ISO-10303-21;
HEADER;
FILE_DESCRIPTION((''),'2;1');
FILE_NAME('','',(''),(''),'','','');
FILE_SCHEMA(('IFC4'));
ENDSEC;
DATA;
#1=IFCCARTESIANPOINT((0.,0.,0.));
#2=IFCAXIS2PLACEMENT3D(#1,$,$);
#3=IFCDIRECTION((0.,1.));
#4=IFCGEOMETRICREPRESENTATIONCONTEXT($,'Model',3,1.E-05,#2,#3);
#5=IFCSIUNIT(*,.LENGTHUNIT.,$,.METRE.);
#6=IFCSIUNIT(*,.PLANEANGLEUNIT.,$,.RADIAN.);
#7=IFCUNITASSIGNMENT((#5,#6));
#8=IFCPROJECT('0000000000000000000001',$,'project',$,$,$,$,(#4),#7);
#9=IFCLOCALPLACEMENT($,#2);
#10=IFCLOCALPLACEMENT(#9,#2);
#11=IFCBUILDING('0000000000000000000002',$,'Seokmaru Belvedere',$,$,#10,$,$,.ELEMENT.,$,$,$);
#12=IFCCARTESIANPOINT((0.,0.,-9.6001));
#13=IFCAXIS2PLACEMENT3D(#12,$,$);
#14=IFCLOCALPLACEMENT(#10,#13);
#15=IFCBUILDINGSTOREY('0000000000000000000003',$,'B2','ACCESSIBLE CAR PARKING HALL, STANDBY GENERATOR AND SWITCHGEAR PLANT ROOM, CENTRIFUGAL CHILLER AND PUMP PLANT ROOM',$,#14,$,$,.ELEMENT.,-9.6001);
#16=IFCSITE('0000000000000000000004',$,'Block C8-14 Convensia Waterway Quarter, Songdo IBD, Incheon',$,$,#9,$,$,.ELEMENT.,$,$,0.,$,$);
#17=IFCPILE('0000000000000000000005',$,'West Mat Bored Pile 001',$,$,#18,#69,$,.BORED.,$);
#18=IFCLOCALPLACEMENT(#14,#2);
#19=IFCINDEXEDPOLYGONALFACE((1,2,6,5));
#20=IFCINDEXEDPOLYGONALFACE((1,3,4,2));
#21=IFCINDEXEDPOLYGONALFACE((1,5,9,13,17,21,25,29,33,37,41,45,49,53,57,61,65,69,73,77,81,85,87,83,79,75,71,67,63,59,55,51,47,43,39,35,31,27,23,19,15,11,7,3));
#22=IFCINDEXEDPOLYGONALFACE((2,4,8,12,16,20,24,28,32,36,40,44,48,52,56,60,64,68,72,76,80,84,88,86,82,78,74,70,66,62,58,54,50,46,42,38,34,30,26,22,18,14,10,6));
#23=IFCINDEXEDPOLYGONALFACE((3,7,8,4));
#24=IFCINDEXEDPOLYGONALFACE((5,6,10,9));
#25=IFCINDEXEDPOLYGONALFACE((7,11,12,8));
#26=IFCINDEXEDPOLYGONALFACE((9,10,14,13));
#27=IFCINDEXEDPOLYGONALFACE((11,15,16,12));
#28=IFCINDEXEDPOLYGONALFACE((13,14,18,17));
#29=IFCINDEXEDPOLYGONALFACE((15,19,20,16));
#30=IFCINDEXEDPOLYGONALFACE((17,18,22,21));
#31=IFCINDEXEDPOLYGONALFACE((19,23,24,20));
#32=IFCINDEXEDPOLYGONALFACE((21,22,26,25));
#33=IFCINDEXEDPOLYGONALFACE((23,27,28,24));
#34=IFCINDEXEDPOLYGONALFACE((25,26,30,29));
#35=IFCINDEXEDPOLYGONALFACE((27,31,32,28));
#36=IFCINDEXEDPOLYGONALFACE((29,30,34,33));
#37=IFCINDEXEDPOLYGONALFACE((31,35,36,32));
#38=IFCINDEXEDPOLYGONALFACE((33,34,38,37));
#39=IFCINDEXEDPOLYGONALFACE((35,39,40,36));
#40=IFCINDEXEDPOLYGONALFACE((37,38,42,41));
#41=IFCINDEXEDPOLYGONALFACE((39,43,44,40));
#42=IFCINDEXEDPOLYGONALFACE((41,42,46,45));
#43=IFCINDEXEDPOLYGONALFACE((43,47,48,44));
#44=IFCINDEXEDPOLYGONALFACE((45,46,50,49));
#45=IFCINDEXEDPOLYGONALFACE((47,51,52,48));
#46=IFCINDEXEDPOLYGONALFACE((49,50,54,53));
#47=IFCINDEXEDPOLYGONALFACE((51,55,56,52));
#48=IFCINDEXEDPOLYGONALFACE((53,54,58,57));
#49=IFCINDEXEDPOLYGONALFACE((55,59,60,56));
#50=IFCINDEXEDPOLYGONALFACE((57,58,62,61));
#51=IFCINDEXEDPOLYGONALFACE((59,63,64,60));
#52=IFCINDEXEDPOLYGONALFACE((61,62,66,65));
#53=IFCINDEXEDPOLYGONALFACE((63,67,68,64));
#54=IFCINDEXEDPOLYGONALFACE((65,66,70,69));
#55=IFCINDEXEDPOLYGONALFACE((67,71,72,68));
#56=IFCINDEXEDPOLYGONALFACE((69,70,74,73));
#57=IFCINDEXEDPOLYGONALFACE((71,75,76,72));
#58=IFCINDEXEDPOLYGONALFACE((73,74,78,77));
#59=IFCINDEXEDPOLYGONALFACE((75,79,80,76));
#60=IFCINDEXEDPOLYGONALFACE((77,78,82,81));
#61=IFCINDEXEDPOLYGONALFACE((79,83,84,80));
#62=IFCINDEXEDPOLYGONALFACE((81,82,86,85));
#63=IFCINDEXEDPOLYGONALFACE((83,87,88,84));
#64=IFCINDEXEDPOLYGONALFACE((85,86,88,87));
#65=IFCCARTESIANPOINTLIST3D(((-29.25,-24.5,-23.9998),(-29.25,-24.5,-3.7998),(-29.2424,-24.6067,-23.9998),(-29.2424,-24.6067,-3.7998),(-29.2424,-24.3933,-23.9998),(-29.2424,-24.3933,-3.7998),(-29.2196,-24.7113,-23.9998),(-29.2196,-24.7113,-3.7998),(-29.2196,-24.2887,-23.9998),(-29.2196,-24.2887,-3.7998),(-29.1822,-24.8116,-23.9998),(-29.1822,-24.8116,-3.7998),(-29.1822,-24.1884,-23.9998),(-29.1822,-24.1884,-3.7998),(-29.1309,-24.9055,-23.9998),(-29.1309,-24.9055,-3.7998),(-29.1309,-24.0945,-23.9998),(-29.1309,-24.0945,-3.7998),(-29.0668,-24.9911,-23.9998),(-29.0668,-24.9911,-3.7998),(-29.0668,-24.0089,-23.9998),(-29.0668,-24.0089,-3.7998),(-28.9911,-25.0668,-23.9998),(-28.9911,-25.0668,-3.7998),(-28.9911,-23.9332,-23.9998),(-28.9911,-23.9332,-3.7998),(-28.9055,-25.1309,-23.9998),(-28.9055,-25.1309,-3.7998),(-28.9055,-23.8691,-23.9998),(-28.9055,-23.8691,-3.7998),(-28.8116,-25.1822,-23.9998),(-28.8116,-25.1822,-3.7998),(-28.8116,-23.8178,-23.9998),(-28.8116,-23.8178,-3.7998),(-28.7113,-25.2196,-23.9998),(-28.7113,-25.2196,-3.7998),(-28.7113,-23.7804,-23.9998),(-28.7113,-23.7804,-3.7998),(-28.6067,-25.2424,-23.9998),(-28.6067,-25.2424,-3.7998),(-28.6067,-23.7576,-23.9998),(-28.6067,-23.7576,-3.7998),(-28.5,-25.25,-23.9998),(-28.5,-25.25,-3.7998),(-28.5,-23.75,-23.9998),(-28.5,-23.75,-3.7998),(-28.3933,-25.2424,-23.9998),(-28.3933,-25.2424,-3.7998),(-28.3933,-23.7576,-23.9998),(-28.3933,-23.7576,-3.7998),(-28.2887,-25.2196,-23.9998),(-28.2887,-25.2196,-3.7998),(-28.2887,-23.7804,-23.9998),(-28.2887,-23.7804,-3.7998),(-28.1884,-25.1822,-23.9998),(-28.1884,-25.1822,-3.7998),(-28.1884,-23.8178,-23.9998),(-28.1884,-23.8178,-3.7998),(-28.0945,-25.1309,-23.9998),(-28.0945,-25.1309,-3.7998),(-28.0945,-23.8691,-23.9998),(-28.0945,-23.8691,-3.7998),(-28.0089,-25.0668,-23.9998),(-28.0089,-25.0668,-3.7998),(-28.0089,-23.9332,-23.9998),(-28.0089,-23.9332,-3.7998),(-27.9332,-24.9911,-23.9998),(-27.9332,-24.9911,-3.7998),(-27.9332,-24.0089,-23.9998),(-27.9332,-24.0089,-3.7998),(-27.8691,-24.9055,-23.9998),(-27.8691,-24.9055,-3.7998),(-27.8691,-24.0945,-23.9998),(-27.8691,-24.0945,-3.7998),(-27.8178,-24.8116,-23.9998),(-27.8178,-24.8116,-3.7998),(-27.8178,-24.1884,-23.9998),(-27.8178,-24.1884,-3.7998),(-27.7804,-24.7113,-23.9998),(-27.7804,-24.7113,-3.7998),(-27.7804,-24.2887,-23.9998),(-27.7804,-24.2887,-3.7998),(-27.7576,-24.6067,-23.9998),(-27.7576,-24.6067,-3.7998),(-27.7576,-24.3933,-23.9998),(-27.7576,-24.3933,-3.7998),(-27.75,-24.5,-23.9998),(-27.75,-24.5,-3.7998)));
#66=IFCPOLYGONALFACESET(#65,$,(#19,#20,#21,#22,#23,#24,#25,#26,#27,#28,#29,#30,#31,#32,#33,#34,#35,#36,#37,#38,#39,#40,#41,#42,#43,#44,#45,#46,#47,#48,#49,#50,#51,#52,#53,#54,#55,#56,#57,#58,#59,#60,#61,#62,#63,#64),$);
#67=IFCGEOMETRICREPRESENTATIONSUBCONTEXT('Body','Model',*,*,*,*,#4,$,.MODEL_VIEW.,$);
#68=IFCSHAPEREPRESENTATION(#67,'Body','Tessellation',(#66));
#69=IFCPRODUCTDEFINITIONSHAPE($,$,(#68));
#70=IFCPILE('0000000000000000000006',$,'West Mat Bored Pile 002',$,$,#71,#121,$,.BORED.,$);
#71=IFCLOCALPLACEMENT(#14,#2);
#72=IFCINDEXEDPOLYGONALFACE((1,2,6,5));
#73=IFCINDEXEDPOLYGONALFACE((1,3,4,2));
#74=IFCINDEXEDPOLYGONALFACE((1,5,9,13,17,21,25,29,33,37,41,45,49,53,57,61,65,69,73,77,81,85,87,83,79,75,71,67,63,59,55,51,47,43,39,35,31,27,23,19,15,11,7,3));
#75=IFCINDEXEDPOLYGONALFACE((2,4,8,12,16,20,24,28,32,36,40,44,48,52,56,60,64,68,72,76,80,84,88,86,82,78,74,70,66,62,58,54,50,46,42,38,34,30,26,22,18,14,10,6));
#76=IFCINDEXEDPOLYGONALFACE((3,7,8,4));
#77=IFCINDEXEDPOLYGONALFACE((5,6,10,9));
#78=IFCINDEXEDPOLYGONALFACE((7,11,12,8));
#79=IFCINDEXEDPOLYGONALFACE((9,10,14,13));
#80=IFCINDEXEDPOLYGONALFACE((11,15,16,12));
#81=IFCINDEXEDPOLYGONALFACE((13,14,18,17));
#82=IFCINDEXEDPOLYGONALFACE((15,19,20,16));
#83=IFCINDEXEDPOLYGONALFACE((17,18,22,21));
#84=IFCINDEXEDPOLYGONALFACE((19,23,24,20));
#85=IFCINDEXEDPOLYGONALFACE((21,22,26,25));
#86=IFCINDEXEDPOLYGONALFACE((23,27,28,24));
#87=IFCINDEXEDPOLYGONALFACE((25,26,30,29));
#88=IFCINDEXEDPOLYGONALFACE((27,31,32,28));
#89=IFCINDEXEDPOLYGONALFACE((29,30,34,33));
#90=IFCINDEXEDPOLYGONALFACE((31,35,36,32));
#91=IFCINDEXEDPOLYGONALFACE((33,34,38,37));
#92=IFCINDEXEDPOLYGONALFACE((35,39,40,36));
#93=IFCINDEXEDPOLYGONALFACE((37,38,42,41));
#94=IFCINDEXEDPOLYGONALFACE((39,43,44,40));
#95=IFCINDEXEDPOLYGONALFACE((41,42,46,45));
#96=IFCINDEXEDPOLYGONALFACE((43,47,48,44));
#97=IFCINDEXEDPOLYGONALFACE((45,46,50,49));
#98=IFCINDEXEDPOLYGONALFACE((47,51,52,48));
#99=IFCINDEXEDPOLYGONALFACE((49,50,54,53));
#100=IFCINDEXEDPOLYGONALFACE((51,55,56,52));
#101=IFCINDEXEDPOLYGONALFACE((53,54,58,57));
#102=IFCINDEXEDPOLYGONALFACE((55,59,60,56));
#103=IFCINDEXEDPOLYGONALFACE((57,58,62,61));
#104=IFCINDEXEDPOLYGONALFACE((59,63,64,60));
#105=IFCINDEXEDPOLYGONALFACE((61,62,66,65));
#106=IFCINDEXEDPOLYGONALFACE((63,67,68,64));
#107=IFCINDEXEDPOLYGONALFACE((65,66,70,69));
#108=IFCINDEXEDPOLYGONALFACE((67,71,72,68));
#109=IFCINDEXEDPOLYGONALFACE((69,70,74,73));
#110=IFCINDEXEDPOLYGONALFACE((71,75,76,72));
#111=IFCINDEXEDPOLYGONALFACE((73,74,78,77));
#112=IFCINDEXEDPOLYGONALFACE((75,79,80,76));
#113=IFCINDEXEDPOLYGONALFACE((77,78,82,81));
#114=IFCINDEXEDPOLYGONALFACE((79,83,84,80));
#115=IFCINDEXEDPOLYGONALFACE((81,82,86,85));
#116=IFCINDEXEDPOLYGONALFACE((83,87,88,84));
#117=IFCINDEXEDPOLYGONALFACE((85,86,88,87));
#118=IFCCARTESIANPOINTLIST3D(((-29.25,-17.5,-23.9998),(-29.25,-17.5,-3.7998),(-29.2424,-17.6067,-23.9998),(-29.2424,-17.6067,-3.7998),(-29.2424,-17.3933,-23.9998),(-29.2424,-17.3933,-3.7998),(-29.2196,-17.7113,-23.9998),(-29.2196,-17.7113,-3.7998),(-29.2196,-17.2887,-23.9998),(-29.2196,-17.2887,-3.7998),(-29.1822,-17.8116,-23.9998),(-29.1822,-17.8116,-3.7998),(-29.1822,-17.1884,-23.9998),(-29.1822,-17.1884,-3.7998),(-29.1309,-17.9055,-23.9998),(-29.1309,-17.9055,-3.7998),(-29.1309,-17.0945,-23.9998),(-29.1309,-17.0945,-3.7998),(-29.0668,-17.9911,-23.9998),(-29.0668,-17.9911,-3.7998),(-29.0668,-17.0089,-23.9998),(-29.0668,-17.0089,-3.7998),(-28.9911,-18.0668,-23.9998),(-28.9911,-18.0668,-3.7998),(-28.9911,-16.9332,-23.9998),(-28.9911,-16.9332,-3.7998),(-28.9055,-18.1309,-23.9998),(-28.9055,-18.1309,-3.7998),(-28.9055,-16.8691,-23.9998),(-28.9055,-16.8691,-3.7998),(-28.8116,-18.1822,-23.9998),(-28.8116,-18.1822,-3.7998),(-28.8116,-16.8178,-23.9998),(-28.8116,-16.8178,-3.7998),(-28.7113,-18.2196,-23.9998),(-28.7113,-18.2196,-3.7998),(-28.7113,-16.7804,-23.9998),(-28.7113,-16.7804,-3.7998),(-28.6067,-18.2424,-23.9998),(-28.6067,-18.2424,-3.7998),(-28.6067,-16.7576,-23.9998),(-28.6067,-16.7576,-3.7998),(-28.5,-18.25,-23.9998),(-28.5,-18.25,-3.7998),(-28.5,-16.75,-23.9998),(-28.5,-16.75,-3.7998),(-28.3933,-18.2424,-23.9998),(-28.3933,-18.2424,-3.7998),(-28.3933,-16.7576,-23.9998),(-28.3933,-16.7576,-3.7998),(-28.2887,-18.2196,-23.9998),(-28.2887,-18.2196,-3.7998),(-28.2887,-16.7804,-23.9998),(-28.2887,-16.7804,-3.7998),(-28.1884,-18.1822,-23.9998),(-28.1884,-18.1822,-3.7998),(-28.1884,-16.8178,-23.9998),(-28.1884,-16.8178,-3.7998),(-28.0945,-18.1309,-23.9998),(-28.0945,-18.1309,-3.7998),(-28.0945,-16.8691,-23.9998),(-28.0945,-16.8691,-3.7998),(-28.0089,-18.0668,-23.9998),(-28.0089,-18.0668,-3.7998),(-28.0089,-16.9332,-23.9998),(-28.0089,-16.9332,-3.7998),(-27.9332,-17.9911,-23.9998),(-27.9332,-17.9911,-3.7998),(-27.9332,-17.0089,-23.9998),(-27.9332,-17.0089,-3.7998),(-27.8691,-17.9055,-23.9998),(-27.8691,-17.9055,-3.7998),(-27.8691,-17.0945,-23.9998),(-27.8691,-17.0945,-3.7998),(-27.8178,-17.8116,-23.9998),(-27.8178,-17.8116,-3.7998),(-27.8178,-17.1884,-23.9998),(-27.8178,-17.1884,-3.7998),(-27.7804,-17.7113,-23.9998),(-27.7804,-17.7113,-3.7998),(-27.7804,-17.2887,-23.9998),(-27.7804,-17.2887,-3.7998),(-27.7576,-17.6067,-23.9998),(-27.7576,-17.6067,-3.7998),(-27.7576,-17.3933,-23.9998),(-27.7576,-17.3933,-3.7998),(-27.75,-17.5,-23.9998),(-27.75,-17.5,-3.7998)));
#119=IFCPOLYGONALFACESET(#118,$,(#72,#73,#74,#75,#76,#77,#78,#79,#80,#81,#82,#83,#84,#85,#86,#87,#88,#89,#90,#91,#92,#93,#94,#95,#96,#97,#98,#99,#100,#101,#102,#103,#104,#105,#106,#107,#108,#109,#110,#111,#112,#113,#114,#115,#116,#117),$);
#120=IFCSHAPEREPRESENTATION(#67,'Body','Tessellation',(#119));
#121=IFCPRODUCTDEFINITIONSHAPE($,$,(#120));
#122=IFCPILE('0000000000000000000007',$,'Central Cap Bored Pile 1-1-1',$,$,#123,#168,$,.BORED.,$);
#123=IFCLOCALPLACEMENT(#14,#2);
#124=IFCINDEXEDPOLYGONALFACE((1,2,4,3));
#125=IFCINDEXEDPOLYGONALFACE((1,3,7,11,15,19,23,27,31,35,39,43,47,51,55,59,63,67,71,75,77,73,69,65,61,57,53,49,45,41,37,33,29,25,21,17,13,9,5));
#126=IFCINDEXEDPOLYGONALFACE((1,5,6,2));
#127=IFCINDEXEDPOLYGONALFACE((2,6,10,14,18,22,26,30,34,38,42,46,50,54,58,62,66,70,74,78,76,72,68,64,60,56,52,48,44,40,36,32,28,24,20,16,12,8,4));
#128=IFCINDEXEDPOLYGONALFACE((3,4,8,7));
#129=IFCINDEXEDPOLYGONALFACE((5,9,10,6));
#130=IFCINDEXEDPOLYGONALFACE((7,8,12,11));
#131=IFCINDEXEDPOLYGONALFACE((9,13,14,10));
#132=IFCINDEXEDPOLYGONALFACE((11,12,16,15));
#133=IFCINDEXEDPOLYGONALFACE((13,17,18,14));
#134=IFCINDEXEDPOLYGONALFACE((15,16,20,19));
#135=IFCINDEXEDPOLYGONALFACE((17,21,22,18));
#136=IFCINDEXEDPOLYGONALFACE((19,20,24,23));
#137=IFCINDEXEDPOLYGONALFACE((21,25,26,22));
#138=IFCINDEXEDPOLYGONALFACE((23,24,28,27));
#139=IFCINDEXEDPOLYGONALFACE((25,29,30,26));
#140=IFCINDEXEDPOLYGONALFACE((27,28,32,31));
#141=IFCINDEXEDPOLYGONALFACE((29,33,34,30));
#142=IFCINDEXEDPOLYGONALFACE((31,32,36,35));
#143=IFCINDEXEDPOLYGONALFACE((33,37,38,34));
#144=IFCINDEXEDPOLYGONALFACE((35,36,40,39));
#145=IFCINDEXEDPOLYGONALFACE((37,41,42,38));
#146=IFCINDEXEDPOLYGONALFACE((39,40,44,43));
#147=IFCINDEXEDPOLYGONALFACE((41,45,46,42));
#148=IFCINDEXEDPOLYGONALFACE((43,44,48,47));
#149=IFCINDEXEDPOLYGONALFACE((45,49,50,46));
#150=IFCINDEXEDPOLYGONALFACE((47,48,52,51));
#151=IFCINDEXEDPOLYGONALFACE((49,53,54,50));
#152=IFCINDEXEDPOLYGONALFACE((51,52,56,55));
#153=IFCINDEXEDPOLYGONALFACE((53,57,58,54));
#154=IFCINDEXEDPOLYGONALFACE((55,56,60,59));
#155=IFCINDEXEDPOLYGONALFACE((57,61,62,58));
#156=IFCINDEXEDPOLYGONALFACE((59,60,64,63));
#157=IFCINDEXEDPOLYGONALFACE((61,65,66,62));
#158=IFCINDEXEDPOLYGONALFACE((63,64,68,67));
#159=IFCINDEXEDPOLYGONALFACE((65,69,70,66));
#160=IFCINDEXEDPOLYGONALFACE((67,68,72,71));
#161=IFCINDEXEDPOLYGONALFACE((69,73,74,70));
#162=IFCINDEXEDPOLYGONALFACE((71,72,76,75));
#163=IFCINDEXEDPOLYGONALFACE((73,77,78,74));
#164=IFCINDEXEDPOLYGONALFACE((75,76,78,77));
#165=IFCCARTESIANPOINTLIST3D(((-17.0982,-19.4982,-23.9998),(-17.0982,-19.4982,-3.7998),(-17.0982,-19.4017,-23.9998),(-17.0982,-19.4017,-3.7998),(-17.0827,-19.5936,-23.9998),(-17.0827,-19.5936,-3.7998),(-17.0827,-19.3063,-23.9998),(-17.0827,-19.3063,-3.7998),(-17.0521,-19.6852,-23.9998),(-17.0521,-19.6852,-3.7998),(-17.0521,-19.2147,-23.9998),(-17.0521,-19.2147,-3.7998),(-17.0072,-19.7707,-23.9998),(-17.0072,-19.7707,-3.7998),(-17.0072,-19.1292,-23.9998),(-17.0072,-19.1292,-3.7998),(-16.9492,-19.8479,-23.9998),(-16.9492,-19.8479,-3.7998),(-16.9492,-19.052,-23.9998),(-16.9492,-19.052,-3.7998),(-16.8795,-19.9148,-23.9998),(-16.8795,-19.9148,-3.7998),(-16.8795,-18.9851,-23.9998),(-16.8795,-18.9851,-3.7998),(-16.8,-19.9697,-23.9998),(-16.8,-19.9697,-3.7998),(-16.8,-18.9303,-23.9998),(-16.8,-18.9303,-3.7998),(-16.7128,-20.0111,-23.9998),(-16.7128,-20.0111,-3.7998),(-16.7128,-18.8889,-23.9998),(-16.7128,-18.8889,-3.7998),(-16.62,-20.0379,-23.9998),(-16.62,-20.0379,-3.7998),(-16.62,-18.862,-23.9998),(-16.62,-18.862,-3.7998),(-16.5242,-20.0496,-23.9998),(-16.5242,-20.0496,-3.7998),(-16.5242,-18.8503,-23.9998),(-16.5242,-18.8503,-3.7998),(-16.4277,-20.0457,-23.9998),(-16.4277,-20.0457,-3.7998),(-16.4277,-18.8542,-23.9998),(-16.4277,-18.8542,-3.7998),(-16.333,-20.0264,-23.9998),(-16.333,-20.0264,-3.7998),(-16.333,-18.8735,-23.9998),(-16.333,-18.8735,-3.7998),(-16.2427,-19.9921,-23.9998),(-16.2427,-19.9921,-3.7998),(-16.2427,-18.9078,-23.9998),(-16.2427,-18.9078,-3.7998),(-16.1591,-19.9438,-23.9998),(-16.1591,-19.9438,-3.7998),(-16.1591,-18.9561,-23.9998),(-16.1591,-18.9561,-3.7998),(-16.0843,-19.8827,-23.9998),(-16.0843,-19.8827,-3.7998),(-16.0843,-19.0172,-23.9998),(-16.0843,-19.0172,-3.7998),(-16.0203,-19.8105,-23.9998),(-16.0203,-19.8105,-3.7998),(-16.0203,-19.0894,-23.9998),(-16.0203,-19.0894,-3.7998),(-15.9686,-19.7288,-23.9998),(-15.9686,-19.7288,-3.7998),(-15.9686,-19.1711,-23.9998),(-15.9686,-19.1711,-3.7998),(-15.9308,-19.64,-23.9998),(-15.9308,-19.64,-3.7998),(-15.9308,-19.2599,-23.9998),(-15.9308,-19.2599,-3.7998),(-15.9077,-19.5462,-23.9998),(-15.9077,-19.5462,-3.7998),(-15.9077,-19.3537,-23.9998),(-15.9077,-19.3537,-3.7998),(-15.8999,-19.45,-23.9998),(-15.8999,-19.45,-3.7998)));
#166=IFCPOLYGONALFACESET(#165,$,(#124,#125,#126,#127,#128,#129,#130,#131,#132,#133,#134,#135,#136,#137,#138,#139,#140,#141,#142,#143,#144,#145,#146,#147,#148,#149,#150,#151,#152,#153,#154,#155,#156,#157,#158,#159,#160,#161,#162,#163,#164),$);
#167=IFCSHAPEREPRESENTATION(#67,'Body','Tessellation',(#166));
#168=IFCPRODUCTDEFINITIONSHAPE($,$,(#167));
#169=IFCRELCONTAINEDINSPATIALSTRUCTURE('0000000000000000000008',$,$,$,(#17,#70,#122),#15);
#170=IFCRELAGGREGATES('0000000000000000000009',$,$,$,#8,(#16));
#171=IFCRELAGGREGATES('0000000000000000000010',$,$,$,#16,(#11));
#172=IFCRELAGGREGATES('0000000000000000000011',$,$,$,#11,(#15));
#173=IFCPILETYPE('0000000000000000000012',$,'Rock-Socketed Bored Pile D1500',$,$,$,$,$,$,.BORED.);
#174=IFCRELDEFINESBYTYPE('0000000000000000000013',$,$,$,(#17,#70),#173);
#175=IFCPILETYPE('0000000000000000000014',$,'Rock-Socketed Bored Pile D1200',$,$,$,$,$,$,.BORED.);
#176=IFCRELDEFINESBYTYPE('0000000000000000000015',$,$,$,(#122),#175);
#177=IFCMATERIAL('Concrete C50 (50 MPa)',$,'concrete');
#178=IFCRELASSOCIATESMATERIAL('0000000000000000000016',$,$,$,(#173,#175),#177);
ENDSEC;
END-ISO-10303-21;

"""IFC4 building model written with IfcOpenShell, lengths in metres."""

from ifc_helpers import new_model, si_unit, direction, frame, origin, origin_2d, place, context, subcontext, project, spatial, circle, extrude, source, transform, mapped, material, material_profile, profile_set, type_object, type_shapes, element, save


model = new_model("IFC4")

# Units and contexts
model_context = context("Model", 3, precision=1e-05, world=origin(), true_north=direction((0.0, 1.0)))
body_context = subcontext(model_context, "Body", "Model", "MODEL_VIEW")
ifc_project = project(units=[si_unit("LENGTHUNIT", "METRE"), si_unit("PLANEANGLEUNIT", "RADIAN")], contexts=[model_context])

# Site, building, storey
site_placement = place(None, origin())
site = spatial("IfcSite", under=ifc_project, at=site_placement, Name="Block C8-14 Convensia Waterway Quarter, Songdo IBD, Incheon", CompositionType="ELEMENT", RefElevation=0.0)
building_placement = place(site_placement, origin())
building = spatial("IfcBuilding", under=site, at=building_placement, Name="Seokmaru Belvedere", CompositionType="ELEMENT")
storey_placement = place(building_placement, frame((0.0, 0.0, -9.6001)))
storey = spatial("IfcBuildingStorey", under=building, at=storey_placement, Name="B2", Description="ACCESSIBLE CAR PARKING HALL, STANDBY GENERATOR AND SWITCHGEAR PLANT ROOM, CENTRIFUGAL CHILLER AND PUMP PLANT ROOM", CompositionType="ELEMENT", Elevation=-9.6001)

# Piles
ifc_material_1 = material(Name="Concrete C50 (50 MPa)", Category="concrete")
ifc_material_profile_1 = material_profile(ifc_material_1, circle(Radius=0.75, at=origin_2d()), Name="PILE-D1500")
ifc_profile_set_1 = profile_set([ifc_material_profile_1], Name="Concrete C50 (50 MPa)")
pile_type_1 = type_object("IfcPileType", Name="Rock-Socketed Bored Pile D1500", PredefinedType="BORED", material=ifc_profile_set_1)
shared_shape_1 = source(origin(), body_context, "Body", "SweptSolid", [
    extrude(circle(Radius=0.75, at=origin_2d()), origin(), (0.0, 0.0, 1.0), 20.2),
])
type_shapes(pile_type_1, [shared_shape_1])
for number, where, z_axis, x_axis, name in (
    (1, (-28.5, -24.5, -3.7998), (0.0, 0.0, -1.0), (1.0, 0.0, 0.0), "West Mat Bored Pile 001"),
    (2, (-28.5, -17.5, -3.7998), (0.0, 0.0, -1.0), (1.0, 0.0, 0.0), "West Mat Bored Pile 002"),
):
    element("IfcPile", number, at=place(storey_placement, frame(where, z_axis=z_axis, x_axis=x_axis)), inside=storey, type_object=pile_type_1, Name=name, PredefinedType="BORED", context=body_context, shape_type="MappedRepresentation", body=[
        mapped(shared_shape_1, transform((0.0, 0.0, 0.0), scale=1.0)),
    ])
ifc_material_profile_2 = material_profile(ifc_material_1, circle(Radius=0.6001, at=origin_2d()), Name="PILE-D1200")
ifc_profile_set_2 = profile_set([ifc_material_profile_2], Name="Concrete C50 (50 MPa)")
pile_type_2 = type_object("IfcPileType", Name="Rock-Socketed Bored Pile D1200", PredefinedType="BORED", material=ifc_profile_set_2)
shared_shape_2 = source(origin(), body_context, "Body", "SweptSolid", [
    extrude(circle(Radius=0.6001, at=origin_2d()), origin(), (0.0, 0.0, 1.0), 20.2),
])
type_shapes(pile_type_2, [shared_shape_2])
for number, where, z_axis, x_axis, name in (
    (3, (-16.5, -19.45, -3.7998), (0.0, 0.0, -1.0), (1.0, 0.0, 0.0), "Central Cap Bored Pile 1-1-1"),
):
    element("IfcPile", number, at=place(storey_placement, frame(where, z_axis=z_axis, x_axis=x_axis)), inside=storey, type_object=pile_type_2, Name=name, PredefinedType="BORED", context=body_context, shape_type="MappedRepresentation", body=[
        mapped(shared_shape_2, transform((0.0, 0.0, 0.0), scale=1.0)),
    ])

save(model, "model.ifc")
